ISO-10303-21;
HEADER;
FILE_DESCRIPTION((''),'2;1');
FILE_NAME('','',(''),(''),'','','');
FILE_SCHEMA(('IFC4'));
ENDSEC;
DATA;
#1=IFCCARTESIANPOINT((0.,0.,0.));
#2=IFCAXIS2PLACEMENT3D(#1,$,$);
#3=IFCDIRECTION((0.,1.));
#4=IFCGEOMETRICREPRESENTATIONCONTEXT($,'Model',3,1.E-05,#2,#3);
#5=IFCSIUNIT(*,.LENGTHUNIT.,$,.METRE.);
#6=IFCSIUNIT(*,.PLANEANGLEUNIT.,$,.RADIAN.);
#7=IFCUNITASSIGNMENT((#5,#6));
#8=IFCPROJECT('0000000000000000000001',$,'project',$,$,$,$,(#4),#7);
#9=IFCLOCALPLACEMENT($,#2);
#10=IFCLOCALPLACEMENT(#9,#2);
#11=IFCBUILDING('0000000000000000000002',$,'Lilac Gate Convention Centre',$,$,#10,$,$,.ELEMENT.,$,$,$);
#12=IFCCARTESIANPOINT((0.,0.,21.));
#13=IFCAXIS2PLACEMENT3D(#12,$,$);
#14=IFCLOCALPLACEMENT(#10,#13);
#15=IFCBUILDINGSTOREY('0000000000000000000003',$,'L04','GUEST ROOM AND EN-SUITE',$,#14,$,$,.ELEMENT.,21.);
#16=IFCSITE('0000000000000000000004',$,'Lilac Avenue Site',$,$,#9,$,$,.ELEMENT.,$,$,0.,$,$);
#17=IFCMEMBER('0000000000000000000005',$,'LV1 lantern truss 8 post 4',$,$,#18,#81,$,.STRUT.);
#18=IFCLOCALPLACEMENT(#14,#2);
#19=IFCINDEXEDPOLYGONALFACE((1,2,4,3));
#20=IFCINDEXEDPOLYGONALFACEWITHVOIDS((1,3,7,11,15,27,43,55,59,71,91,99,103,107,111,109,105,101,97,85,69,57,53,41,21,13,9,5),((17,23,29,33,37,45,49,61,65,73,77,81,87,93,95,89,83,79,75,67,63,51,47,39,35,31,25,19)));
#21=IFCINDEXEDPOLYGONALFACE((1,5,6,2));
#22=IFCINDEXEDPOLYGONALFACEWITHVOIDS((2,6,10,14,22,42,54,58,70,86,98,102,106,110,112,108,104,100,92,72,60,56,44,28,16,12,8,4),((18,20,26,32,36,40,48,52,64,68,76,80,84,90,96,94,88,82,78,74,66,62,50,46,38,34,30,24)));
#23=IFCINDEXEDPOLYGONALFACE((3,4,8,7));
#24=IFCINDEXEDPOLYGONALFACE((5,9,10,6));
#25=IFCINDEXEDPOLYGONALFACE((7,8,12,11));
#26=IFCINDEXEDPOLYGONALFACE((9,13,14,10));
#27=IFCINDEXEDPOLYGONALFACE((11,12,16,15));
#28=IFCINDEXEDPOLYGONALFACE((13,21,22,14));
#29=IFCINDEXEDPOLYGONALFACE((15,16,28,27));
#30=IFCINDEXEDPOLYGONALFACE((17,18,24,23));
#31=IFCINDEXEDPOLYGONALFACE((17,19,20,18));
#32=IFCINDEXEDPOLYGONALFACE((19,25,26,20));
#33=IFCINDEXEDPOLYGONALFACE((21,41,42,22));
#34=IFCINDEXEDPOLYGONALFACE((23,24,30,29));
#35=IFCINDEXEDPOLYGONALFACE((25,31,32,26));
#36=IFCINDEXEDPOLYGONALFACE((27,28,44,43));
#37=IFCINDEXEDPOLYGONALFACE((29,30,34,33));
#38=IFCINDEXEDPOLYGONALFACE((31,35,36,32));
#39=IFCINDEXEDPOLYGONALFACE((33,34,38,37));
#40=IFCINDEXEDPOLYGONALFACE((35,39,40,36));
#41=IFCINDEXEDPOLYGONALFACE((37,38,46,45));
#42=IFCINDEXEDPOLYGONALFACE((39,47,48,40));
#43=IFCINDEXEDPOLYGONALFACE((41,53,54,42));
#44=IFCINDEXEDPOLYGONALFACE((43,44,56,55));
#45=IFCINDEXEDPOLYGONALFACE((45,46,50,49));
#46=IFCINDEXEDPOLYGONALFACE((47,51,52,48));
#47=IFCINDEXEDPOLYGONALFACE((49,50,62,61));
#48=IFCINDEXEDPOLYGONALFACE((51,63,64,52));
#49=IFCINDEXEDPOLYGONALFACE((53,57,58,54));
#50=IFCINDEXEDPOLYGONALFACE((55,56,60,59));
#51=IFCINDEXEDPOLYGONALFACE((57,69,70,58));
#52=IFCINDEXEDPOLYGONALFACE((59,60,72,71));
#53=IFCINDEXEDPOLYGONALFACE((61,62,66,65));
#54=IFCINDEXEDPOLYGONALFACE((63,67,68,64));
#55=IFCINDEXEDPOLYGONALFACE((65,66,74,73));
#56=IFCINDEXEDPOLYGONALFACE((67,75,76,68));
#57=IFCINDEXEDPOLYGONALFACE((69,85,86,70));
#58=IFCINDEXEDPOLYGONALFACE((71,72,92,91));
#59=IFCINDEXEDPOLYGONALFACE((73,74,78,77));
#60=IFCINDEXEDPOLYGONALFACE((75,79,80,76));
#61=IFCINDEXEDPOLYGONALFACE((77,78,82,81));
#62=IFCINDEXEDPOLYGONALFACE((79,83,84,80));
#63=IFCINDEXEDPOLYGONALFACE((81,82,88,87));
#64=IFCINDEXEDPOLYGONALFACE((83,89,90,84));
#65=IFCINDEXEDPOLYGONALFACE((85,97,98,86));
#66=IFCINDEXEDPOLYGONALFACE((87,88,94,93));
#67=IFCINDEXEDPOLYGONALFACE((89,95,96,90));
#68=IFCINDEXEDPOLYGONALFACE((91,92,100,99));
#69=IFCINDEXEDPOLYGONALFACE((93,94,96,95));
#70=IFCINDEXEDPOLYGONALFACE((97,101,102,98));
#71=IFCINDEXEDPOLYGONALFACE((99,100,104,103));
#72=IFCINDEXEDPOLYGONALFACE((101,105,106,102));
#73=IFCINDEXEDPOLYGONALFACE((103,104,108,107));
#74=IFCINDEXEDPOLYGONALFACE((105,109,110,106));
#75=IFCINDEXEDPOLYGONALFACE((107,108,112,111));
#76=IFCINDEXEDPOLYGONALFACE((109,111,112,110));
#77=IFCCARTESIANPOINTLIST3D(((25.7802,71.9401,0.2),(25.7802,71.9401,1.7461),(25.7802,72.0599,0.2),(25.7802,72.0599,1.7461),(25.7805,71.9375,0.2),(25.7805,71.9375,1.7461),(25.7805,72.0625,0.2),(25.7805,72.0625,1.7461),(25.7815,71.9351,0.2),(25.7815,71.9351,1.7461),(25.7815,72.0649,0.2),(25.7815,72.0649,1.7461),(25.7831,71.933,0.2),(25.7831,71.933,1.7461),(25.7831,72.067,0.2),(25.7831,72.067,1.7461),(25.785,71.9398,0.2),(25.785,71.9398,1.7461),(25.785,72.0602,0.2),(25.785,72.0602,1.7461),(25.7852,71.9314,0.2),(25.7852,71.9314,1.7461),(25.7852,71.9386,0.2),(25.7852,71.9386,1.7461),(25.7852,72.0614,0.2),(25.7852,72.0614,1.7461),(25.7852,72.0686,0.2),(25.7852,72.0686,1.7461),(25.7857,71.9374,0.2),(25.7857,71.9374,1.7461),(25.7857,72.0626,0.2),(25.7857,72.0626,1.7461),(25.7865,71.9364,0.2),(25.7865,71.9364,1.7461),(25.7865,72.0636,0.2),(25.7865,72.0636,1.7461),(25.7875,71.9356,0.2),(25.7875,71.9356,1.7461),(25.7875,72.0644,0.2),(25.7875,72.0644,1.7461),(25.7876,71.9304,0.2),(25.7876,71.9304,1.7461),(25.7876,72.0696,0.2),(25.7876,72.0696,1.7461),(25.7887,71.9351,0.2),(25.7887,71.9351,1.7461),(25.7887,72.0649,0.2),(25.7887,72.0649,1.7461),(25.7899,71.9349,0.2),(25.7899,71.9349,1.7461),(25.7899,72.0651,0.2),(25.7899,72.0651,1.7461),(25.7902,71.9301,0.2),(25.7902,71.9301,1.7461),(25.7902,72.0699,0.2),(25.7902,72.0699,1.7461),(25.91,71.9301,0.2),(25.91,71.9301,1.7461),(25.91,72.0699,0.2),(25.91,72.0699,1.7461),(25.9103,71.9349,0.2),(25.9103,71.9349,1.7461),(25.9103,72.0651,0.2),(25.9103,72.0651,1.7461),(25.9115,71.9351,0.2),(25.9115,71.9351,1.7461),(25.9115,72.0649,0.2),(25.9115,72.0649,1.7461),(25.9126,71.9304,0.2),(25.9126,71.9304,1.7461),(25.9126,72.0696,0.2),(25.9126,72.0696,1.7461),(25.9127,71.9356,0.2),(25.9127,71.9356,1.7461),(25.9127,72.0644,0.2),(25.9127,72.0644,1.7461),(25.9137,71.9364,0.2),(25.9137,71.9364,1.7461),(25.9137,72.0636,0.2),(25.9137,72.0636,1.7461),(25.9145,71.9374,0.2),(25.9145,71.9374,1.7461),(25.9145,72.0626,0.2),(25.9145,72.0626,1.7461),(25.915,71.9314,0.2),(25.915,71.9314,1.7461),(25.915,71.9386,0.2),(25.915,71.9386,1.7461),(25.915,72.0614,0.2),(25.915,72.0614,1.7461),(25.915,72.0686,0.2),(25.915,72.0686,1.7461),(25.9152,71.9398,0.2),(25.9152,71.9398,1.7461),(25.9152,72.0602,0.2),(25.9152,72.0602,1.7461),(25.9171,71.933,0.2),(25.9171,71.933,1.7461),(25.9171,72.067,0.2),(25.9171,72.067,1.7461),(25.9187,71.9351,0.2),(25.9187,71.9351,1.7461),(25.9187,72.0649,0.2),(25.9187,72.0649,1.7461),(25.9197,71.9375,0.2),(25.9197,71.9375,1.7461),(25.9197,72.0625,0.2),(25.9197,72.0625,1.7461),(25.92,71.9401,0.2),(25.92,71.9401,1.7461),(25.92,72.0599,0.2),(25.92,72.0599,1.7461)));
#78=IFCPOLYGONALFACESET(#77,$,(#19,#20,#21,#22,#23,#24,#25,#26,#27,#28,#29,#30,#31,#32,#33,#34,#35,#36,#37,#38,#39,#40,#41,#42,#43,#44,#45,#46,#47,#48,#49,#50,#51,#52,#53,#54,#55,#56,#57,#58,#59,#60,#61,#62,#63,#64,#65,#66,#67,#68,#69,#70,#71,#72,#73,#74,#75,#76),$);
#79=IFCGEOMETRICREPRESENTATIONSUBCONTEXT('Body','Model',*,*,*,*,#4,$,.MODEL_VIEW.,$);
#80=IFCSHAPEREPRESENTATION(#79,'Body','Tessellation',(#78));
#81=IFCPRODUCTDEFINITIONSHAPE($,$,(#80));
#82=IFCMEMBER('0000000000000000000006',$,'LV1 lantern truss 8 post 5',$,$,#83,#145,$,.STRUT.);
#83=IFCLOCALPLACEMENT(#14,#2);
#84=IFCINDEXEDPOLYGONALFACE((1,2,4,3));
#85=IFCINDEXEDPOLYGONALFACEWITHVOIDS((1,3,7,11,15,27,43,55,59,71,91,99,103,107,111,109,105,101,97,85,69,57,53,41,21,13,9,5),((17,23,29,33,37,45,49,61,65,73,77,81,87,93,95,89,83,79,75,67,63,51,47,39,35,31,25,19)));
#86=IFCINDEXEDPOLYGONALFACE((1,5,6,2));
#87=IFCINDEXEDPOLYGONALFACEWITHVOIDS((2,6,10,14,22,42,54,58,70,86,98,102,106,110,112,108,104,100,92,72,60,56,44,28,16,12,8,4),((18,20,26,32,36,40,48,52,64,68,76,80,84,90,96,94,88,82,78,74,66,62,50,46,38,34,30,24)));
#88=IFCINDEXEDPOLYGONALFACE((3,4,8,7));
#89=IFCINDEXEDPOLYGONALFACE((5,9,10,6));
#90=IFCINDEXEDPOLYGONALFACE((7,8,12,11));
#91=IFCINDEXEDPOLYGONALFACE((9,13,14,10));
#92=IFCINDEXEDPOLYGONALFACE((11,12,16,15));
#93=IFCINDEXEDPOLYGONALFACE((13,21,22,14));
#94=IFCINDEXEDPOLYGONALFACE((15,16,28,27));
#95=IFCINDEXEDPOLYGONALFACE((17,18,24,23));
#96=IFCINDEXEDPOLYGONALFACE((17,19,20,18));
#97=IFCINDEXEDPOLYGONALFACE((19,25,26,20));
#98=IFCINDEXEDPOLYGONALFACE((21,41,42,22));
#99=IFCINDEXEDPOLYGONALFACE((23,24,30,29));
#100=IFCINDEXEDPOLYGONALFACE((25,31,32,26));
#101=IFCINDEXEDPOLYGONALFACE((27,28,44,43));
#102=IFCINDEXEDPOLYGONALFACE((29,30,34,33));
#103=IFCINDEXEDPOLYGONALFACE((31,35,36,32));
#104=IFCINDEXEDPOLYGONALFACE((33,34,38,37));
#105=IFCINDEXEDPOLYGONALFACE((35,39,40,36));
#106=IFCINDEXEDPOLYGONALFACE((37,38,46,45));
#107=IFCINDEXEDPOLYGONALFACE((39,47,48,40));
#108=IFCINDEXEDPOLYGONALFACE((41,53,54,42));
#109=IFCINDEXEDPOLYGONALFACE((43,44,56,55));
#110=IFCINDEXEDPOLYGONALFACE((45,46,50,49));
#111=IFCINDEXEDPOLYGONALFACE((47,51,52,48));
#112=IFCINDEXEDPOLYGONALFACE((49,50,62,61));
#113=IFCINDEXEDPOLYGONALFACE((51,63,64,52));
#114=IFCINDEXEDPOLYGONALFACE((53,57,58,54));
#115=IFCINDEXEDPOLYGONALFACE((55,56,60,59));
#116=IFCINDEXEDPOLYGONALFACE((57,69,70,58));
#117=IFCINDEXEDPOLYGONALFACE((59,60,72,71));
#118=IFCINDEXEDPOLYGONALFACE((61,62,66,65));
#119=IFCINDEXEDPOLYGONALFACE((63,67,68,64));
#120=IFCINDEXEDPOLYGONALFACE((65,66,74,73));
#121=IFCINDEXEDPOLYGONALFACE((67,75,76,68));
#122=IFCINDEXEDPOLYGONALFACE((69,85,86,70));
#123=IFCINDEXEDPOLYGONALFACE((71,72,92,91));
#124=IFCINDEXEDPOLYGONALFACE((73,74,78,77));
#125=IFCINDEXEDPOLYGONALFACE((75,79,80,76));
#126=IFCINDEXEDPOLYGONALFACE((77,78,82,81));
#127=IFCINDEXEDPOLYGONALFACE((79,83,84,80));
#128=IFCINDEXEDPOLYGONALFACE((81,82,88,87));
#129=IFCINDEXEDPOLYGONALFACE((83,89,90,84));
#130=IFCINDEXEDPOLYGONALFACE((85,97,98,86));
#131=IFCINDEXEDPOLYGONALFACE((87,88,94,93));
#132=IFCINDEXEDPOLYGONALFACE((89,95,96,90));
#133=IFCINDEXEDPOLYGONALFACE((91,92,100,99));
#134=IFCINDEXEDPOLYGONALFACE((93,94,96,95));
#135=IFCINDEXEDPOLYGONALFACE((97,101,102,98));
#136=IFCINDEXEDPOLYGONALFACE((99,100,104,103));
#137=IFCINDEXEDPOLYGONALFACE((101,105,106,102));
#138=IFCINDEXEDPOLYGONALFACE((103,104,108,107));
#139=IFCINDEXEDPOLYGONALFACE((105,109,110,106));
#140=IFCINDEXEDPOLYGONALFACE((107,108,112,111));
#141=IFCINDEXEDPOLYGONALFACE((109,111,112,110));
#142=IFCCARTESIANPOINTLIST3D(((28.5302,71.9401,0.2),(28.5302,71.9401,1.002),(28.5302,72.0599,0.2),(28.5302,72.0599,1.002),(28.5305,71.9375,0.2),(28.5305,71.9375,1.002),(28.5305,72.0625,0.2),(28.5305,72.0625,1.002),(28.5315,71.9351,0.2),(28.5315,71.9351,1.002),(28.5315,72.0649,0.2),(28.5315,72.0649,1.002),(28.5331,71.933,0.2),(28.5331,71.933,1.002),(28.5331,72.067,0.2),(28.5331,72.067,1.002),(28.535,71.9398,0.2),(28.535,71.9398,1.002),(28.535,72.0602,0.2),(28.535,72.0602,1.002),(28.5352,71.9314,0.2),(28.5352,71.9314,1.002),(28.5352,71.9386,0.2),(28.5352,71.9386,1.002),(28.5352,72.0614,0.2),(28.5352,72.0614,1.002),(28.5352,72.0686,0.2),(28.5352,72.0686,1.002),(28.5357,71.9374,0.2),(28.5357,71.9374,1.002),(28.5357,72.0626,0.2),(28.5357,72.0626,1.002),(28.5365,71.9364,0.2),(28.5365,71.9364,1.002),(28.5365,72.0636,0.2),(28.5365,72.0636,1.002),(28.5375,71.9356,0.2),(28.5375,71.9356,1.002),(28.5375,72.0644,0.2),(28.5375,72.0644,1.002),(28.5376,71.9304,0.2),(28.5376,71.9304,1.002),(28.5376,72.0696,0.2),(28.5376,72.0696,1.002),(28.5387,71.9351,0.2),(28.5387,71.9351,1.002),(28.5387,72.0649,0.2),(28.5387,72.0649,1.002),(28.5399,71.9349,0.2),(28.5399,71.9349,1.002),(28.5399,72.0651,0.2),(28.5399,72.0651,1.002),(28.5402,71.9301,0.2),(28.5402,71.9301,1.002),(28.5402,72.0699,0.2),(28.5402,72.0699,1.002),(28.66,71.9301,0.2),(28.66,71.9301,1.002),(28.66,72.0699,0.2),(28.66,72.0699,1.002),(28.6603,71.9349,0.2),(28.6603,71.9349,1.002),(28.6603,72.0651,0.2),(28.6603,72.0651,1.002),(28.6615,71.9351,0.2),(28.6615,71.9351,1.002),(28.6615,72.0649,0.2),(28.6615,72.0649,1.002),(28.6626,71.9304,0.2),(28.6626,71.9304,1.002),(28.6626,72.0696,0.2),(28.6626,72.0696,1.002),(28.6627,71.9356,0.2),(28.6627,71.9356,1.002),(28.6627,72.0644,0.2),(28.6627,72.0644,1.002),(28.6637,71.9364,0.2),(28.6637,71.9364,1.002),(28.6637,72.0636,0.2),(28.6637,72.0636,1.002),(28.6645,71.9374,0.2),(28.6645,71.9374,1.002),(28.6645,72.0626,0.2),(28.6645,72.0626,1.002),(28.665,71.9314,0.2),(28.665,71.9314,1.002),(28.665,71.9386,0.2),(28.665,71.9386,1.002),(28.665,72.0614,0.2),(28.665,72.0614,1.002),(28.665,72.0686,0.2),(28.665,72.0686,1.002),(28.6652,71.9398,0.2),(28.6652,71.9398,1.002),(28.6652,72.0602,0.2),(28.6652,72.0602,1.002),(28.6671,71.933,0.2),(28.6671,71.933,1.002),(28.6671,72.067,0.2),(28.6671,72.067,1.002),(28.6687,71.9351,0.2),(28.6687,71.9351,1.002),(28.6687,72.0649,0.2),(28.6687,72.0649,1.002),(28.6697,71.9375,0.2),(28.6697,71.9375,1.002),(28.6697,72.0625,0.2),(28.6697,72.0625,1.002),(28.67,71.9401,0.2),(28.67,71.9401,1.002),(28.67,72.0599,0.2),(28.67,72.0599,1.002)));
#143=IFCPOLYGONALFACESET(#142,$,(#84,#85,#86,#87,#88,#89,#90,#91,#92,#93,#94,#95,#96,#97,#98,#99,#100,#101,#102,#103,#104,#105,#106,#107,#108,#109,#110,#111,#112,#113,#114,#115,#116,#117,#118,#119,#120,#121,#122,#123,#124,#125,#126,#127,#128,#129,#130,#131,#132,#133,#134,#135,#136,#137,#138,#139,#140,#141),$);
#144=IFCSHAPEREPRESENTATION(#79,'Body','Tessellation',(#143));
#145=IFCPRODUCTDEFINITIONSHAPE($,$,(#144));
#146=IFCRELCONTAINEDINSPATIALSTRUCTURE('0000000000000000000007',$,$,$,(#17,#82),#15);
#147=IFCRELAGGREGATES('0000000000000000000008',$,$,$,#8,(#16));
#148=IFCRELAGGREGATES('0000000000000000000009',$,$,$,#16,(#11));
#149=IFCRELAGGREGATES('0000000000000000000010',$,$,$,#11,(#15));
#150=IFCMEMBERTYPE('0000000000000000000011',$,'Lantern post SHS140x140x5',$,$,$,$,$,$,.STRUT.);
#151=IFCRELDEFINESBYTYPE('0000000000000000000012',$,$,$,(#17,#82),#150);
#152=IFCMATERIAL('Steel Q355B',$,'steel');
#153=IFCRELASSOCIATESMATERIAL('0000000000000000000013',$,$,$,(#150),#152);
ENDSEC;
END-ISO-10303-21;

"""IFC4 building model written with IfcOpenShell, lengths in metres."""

from ifc_helpers import new_model, si_unit, direction, frame, origin, origin_2d, place, context, subcontext, project, spatial, hollow_rectangle, extrude, material, material_profile, profile_set, type_object, element, save


model = new_model("IFC4")

# Units and contexts
model_context = context("Model", 3, precision=1e-05, world=origin(), true_north=direction((0.0, 1.0)))
body_context = subcontext(model_context, "Body", "Model", "MODEL_VIEW")
ifc_project = project(units=[si_unit("LENGTHUNIT", "METRE"), si_unit("PLANEANGLEUNIT", "RADIAN")], contexts=[model_context])

# Site, building, storey
site_placement = place(None, origin())
site = spatial("IfcSite", under=ifc_project, at=site_placement, Name="Lilac Avenue Site", CompositionType="ELEMENT", RefElevation=0.0)
building_placement = place(site_placement, origin())
building = spatial("IfcBuilding", under=site, at=building_placement, Name="Lilac Gate Convention Centre", CompositionType="ELEMENT")
storey_placement = place(building_placement, frame((0.0, 0.0, 21.0)))
storey = spatial("IfcBuildingStorey", under=building, at=storey_placement, Name="L04", Description="GUEST ROOM AND EN-SUITE", CompositionType="ELEMENT", Elevation=21.0)

# Members
ifc_material_1 = material(Name="Steel Q355B", Category="steel")
ifc_material_profile_1 = material_profile(ifc_material_1, hollow_rectangle(XDim=0.1399, YDim=0.1399, WallThickness=0.0049, InnerFilletRadius=0.0049, OuterFilletRadius=0.01, at=origin_2d()), Name="SHS140x140x5")
ifc_profile_set_1 = profile_set([ifc_material_profile_1], Name="Steel Q355B")
member_type_1 = type_object("IfcMemberType", Name="Lantern post SHS140x140x5", PredefinedType="STRUT", material=ifc_profile_set_1)
member_1_placement = place(storey_placement, frame((25.8501, 72.0, 0.2), z_axis=(0.0, 0.0, 1.0), x_axis=(1.0, 0.0, 0.0)))
element("IfcMember", 1, at=member_1_placement, inside=storey, type_object=member_type_1, Name="LV1 lantern truss 8 post 4", PredefinedType="STRUT", context=body_context, shape_type="SweptSolid", body=[
    extrude(hollow_rectangle(XDim=0.1399, YDim=0.1399, WallThickness=0.0049, InnerFilletRadius=0.0049, OuterFilletRadius=0.01, at=origin_2d()), origin(), (0.0, 0.0, 1.0), 1.5461),
])
member_2_placement = place(storey_placement, frame((28.6001, 72.0, 0.2), z_axis=(0.0, 0.0, 1.0), x_axis=(1.0, 0.0, 0.0)))
element("IfcMember", 2, at=member_2_placement, inside=storey, type_object=member_type_1, Name="LV1 lantern truss 8 post 5", PredefinedType="STRUT", context=body_context, shape_type="SweptSolid", body=[
    extrude(hollow_rectangle(XDim=0.1399, YDim=0.1399, WallThickness=0.0049, InnerFilletRadius=0.0049, OuterFilletRadius=0.01, at=origin_2d()), origin(), (0.0, 0.0, 1.0), 0.802),
])

save(model, "model.ifc")
